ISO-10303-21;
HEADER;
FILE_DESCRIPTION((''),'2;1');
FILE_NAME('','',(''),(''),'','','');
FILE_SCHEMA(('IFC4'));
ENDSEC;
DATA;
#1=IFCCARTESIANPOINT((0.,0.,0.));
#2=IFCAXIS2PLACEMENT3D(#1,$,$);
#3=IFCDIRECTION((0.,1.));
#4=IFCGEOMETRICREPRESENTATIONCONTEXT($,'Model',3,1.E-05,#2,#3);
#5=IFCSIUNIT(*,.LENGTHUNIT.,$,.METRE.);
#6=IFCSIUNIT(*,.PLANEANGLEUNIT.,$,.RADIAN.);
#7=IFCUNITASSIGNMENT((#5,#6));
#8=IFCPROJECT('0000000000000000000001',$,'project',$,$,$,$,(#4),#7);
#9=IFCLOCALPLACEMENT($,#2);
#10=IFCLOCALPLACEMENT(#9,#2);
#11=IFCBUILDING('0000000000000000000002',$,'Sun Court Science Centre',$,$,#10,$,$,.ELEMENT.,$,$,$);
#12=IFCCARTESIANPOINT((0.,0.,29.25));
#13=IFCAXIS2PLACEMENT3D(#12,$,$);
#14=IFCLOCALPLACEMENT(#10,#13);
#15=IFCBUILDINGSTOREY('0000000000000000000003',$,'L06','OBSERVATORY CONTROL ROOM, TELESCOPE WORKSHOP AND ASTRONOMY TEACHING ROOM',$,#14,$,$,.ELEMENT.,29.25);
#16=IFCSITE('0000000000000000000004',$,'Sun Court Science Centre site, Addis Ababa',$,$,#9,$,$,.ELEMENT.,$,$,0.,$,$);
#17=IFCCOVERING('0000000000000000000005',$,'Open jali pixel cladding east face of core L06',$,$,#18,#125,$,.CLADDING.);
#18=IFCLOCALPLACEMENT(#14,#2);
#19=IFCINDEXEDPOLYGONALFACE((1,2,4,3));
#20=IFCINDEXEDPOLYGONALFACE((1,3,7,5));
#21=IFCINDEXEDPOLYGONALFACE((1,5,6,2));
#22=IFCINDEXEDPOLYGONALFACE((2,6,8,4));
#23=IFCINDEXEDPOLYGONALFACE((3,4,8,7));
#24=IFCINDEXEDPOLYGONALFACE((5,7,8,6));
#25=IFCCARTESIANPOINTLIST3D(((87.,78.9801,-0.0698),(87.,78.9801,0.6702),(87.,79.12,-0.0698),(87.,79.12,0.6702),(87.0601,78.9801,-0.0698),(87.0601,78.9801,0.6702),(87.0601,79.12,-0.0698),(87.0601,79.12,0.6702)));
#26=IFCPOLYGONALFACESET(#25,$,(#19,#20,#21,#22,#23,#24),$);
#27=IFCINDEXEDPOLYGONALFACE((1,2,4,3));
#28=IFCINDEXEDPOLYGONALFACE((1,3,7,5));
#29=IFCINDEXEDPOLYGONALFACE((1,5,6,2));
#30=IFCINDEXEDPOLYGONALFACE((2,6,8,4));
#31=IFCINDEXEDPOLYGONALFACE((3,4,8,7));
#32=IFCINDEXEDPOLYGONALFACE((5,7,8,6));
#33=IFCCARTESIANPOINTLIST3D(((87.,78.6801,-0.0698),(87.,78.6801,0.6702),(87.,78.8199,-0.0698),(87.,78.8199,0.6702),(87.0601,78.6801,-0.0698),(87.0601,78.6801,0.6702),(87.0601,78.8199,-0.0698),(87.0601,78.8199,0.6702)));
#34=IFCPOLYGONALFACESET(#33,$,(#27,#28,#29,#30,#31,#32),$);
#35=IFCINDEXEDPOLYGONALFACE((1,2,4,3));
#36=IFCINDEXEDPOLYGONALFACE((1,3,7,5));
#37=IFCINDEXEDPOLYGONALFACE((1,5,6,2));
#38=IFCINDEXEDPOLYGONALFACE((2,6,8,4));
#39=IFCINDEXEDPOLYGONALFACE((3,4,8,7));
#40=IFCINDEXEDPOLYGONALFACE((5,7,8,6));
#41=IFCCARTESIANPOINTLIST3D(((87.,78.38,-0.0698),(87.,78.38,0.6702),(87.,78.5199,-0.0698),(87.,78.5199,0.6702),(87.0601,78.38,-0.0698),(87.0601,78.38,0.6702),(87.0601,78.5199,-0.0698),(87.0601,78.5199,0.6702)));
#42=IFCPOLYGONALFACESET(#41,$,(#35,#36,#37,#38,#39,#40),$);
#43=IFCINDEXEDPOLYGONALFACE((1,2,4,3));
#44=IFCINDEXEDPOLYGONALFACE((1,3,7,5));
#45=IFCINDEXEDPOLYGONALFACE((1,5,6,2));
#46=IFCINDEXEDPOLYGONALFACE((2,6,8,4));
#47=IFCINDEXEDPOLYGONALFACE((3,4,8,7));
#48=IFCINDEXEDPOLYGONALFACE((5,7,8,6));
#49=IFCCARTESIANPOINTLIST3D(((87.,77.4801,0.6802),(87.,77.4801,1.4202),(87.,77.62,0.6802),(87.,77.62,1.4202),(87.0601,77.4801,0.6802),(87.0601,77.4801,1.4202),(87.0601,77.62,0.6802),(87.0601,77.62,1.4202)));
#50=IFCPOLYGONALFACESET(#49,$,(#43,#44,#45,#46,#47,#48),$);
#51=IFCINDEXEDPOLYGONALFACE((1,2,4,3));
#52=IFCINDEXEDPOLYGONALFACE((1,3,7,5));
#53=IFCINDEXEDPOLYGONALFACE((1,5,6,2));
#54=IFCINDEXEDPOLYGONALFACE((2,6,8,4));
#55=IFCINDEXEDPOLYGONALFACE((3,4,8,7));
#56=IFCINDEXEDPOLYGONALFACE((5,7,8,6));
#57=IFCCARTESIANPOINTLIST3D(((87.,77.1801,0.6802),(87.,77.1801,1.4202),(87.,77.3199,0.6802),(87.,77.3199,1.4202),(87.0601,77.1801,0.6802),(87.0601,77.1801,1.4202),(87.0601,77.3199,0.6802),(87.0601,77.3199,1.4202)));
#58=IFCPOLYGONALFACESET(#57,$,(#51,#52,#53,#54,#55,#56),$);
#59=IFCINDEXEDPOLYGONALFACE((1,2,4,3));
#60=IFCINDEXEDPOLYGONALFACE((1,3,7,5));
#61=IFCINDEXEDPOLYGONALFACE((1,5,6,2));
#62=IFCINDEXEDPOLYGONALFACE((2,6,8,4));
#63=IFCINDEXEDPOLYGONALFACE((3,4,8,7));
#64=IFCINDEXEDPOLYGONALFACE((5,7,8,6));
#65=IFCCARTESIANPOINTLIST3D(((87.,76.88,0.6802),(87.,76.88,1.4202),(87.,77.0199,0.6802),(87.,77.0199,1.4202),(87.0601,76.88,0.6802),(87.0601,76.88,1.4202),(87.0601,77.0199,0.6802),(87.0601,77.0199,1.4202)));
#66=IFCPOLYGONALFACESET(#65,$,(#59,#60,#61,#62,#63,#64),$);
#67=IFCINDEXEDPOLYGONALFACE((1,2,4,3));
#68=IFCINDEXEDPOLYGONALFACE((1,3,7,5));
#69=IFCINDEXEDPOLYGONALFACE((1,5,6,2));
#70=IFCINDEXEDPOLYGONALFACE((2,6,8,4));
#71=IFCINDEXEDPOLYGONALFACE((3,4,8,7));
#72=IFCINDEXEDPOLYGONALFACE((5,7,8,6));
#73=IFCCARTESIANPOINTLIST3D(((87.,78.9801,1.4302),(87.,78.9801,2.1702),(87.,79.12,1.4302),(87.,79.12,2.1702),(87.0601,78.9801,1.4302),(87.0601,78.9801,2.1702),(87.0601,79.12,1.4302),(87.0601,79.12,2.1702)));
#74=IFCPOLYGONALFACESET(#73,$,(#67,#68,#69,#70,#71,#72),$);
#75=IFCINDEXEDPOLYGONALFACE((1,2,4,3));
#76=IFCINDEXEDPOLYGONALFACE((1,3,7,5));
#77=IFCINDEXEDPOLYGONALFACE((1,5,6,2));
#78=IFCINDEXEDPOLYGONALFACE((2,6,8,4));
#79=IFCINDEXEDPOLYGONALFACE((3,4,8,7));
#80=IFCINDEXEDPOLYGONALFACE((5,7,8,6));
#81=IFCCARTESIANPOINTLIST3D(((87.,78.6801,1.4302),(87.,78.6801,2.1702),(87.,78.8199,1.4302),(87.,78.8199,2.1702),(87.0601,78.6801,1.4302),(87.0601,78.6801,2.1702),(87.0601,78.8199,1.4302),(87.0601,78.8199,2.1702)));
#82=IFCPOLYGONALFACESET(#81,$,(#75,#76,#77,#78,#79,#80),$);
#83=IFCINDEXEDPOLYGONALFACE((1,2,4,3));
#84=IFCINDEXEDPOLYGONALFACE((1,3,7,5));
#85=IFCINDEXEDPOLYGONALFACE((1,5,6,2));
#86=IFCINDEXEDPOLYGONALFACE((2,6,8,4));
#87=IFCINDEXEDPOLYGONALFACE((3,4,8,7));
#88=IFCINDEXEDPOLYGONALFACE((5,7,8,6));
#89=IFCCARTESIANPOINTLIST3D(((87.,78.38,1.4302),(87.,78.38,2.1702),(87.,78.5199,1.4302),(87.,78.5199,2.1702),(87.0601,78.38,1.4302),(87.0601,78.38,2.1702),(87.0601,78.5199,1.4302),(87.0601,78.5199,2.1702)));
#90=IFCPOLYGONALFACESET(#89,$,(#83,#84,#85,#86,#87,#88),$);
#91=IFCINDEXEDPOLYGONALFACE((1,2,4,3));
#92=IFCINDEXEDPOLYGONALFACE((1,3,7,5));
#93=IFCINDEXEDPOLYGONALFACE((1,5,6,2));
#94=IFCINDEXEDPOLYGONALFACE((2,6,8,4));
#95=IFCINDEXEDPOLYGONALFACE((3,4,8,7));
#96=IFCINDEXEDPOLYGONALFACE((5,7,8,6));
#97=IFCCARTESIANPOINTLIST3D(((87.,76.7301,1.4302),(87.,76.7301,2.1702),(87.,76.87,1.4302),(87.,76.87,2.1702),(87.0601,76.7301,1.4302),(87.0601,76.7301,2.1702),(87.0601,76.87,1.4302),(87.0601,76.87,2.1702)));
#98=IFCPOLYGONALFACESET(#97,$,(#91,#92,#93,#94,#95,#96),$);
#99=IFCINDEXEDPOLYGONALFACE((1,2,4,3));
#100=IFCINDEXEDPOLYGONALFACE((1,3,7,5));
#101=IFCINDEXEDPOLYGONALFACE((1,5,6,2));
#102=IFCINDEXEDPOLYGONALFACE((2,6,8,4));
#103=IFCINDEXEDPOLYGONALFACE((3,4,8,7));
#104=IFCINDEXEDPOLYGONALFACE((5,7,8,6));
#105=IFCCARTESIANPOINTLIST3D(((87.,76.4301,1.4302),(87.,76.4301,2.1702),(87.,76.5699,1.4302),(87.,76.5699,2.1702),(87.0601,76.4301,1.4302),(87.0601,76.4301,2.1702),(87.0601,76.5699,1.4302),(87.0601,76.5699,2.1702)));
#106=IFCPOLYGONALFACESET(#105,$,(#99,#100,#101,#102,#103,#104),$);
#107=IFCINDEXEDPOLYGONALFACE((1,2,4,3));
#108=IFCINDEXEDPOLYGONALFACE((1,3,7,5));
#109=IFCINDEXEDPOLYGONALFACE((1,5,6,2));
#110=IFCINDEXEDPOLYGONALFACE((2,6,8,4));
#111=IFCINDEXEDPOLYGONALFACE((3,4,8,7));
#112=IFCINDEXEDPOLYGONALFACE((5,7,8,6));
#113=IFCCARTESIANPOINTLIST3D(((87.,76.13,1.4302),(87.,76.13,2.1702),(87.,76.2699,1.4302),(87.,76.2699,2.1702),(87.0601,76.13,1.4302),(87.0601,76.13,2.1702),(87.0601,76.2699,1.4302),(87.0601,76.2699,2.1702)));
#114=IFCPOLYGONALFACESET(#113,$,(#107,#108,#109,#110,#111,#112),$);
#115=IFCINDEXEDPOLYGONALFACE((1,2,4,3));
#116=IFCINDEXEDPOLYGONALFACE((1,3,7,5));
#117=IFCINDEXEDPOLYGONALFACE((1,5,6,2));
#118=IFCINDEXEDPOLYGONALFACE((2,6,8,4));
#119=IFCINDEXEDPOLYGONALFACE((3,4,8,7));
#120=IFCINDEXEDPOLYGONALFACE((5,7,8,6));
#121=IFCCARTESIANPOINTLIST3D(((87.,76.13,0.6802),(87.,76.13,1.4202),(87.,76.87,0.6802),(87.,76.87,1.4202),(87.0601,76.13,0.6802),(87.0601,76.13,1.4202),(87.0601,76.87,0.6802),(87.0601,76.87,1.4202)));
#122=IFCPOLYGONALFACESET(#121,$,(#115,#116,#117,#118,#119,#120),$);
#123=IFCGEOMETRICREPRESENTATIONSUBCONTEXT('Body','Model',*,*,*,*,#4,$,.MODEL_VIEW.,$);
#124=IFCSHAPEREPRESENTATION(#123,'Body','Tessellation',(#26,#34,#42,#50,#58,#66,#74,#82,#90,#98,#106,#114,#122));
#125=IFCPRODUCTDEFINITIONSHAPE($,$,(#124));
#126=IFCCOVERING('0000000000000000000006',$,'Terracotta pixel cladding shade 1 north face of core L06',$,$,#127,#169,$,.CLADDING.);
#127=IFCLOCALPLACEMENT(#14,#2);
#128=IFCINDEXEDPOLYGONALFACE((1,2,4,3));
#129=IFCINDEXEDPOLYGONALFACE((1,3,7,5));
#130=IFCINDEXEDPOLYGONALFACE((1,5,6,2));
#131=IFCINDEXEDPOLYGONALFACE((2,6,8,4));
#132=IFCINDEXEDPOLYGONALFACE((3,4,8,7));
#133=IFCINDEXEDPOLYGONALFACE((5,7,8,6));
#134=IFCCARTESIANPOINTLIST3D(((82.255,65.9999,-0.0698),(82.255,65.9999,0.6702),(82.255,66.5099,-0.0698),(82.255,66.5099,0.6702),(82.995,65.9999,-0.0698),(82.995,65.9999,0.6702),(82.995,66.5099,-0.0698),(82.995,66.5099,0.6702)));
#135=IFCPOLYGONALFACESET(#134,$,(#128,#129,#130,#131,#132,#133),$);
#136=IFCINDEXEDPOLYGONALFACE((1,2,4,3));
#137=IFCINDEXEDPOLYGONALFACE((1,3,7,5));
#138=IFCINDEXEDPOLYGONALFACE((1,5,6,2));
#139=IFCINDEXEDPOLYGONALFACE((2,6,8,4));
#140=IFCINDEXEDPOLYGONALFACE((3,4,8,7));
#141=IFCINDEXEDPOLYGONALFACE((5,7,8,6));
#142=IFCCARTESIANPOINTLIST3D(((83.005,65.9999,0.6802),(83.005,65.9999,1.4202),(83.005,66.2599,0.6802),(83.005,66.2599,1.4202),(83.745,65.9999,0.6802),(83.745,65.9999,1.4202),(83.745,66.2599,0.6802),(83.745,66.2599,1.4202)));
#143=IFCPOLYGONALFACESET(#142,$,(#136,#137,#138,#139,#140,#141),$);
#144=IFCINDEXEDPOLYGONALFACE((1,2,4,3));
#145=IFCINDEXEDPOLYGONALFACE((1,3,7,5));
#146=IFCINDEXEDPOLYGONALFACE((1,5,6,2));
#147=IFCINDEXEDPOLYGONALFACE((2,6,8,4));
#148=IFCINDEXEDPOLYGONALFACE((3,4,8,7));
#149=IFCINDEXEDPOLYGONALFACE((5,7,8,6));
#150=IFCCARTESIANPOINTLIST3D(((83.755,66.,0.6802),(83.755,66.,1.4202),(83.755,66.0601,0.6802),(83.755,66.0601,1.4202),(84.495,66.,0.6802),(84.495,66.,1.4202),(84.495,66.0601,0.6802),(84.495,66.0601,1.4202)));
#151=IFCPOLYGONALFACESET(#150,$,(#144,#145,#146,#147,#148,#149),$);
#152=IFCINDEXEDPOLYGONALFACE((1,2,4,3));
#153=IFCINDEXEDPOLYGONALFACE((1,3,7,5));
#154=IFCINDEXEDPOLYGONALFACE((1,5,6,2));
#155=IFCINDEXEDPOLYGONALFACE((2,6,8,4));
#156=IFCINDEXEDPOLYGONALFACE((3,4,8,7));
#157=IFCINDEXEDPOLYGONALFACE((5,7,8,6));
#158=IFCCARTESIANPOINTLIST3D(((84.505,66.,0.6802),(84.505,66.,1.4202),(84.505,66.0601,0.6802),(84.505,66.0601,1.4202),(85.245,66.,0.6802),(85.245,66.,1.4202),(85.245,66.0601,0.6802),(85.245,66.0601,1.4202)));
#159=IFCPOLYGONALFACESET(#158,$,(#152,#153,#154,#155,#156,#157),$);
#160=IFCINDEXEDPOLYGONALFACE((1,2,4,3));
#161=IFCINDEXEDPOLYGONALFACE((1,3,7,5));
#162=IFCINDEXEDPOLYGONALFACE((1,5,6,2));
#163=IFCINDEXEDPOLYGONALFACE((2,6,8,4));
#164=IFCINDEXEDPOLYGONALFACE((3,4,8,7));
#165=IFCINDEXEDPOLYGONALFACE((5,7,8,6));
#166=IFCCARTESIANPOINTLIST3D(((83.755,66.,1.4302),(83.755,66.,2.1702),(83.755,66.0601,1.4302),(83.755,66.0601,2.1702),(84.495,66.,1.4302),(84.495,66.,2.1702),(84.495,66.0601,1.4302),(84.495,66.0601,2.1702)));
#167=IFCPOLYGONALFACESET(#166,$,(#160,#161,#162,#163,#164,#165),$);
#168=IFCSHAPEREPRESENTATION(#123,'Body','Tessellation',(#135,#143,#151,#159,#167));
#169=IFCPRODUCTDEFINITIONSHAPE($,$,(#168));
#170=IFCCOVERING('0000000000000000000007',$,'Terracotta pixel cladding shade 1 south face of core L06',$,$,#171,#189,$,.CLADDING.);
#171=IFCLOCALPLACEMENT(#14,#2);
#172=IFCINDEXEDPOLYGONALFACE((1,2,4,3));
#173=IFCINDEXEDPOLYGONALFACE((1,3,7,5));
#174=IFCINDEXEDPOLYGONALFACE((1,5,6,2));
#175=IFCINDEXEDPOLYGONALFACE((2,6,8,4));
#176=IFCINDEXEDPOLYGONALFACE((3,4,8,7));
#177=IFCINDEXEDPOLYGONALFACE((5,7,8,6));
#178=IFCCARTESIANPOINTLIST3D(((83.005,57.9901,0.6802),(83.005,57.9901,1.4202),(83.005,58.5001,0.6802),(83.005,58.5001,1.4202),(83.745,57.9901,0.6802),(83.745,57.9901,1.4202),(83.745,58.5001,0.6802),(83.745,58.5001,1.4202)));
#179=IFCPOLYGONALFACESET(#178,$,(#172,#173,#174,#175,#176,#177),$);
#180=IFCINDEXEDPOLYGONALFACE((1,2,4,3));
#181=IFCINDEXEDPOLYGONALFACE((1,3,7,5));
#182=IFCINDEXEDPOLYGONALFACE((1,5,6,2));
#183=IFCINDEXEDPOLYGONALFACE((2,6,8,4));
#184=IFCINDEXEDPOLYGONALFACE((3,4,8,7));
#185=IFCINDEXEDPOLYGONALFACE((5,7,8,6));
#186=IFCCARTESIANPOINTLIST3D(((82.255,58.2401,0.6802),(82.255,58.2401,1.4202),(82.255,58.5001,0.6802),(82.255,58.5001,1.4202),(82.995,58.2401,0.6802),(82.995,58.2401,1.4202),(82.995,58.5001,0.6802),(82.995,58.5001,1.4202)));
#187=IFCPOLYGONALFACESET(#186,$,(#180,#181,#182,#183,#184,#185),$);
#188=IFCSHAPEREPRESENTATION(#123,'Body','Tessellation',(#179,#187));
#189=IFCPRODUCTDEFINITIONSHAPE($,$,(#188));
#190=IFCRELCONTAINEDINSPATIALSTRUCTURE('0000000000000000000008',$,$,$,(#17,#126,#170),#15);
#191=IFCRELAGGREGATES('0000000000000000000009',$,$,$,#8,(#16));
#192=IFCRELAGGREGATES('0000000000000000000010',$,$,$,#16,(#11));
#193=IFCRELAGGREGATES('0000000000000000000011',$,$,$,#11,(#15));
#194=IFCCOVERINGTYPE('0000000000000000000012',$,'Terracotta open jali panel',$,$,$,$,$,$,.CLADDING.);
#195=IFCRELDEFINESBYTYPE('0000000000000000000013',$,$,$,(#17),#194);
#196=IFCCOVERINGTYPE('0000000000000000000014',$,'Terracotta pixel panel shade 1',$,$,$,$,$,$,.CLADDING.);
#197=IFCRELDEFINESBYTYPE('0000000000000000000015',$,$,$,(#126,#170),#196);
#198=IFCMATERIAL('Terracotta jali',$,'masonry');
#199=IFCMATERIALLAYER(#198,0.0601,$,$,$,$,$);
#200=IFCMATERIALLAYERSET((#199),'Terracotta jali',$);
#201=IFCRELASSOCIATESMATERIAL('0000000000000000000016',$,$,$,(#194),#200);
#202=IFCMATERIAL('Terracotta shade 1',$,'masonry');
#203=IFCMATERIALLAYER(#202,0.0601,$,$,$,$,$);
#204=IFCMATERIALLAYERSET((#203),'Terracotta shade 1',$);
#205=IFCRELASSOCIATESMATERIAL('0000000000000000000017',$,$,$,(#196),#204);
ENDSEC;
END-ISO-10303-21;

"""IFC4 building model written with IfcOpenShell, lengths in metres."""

from ifc_helpers import new_model, si_unit, direction, frame, origin, origin_2d, place, context, subcontext, project, spatial, rectangle, extrude, material, layer, layer_set, type_object, element, save


model = new_model("IFC4")

# Units and contexts
model_context = context("Model", 3, precision=1e-05, world=origin(), true_north=direction((0.0, 1.0)))
body_context = subcontext(model_context, "Body", "Model", "MODEL_VIEW")
ifc_project = project(units=[si_unit("LENGTHUNIT", "METRE"), si_unit("PLANEANGLEUNIT", "RADIAN")], contexts=[model_context])

# Site, building, storey
site_placement = place(None, origin())
site = spatial("IfcSite", under=ifc_project, at=site_placement, Name="Sun Court Science Centre site, Addis Ababa", CompositionType="ELEMENT", RefElevation=0.0)
building_placement = place(site_placement, origin())
building = spatial("IfcBuilding", under=site, at=building_placement, Name="Sun Court Science Centre", CompositionType="ELEMENT")
storey_placement = place(building_placement, frame((0.0, 0.0, 29.25)))
storey = spatial("IfcBuildingStorey", under=building, at=storey_placement, Name="L06", Description="OBSERVATORY CONTROL ROOM, TELESCOPE WORKSHOP AND ASTRONOMY TEACHING ROOM", CompositionType="ELEMENT", Elevation=29.25)

# Coverings
ifc_material_1 = material(Name="Terracotta jali", Category="masonry")
ifc_layer_1 = layer(ifc_material_1, 0.0601)
ifc_layer_set_1 = layer_set([ifc_layer_1], Name="Terracotta jali")
covering_type_1 = type_object("IfcCoveringType", Name="Terracotta open jali panel", PredefinedType="CLADDING", material=ifc_layer_set_1)
covering_1_placement = place(storey_placement, frame((0.0, 0.0, -29.25)))
element("IfcCovering", 1, at=covering_1_placement, inside=storey, type_object=covering_type_1, Name="Open jali pixel cladding east face of core L06", PredefinedType="CLADDING", context=body_context, shape_type="SweptSolid", body=[
    extrude(rectangle(XDim=0.1399, YDim=0.0601, at=origin_2d()), frame((87.03, 79.05, 29.1802), z_axis=(0.0, 0.0, 1.0), x_axis=(0.0, -1.0, 0.0)), (0.0, 0.0, 1.0), 0.74),
    extrude(rectangle(XDim=0.1399, YDim=0.0601, at=origin_2d()), frame((87.03, 78.75, 29.1802), z_axis=(0.0, 0.0, 1.0), x_axis=(0.0, -1.0, 0.0)), (0.0, 0.0, 1.0), 0.74),
    extrude(rectangle(XDim=0.1399, YDim=0.0601, at=origin_2d()), frame((87.03, 78.45, 29.1802), z_axis=(0.0, 0.0, 1.0), x_axis=(0.0, -1.0, 0.0)), (0.0, 0.0, 1.0), 0.74),
    extrude(rectangle(XDim=0.1399, YDim=0.0601, at=origin_2d()), frame((87.03, 77.55, 29.9302), z_axis=(0.0, 0.0, 1.0), x_axis=(0.0, -1.0, 0.0)), (0.0, 0.0, 1.0), 0.74),
    extrude(rectangle(XDim=0.1399, YDim=0.0601, at=origin_2d()), frame((87.03, 77.25, 29.9302), z_axis=(0.0, 0.0, 1.0), x_axis=(0.0, -1.0, 0.0)), (0.0, 0.0, 1.0), 0.74),
    extrude(rectangle(XDim=0.1399, YDim=0.0601, at=origin_2d()), frame((87.03, 76.95, 29.9302), z_axis=(0.0, 0.0, 1.0), x_axis=(0.0, -1.0, 0.0)), (0.0, 0.0, 1.0), 0.74),
    extrude(rectangle(XDim=0.1399, YDim=0.0601, at=origin_2d()), frame((87.03, 79.05, 30.6802), z_axis=(0.0, 0.0, 1.0), x_axis=(0.0, -1.0, 0.0)), (0.0, 0.0, 1.0), 0.74),
    extrude(rectangle(XDim=0.1399, YDim=0.0601, at=origin_2d()), frame((87.03, 78.75, 30.6802), z_axis=(0.0, 0.0, 1.0), x_axis=(0.0, -1.0, 0.0)), (0.0, 0.0, 1.0), 0.74),
    extrude(rectangle(XDim=0.1399, YDim=0.0601, at=origin_2d()), frame((87.03, 78.45, 30.6802), z_axis=(0.0, 0.0, 1.0), x_axis=(0.0, -1.0, 0.0)), (0.0, 0.0, 1.0), 0.74),
    extrude(rectangle(XDim=0.1399, YDim=0.0601, at=origin_2d()), frame((87.03, 76.8, 30.6802), z_axis=(0.0, 0.0, 1.0), x_axis=(0.0, -1.0, 0.0)), (0.0, 0.0, 1.0), 0.74),
    extrude(rectangle(XDim=0.1399, YDim=0.0601, at=origin_2d()), frame((87.03, 76.5, 30.6802), z_axis=(0.0, 0.0, 1.0), x_axis=(0.0, -1.0, 0.0)), (0.0, 0.0, 1.0), 0.74),
    extrude(rectangle(XDim=0.1399, YDim=0.0601, at=origin_2d()), frame((87.03, 76.2, 30.6802), z_axis=(0.0, 0.0, 1.0), x_axis=(0.0, -1.0, 0.0)), (0.0, 0.0, 1.0), 0.74),
    extrude(rectangle(XDim=0.74, YDim=0.0601, at=origin_2d()), frame((87.03, 76.5, 29.9302), z_axis=(0.0, 0.0, 1.0), x_axis=(0.0, -1.0, 0.0)), (0.0, 0.0, 1.0), 0.74),
])
ifc_material_2 = material(Name="Terracotta shade 1", Category="masonry")
ifc_layer_2 = layer(ifc_material_2, 0.0601)
ifc_layer_set_2 = layer_set([ifc_layer_2], Name="Terracotta shade 1")
covering_type_2 = type_object("IfcCoveringType", Name="Terracotta pixel panel shade 1", PredefinedType="CLADDING", material=ifc_layer_set_2)
covering_2_placement = place(storey_placement, frame((0.0, 0.0, -29.25)))
element("IfcCovering", 2, at=covering_2_placement, inside=storey, type_object=covering_type_2, Name="Terracotta pixel cladding shade 1 north face of core L06", PredefinedType="CLADDING", context=body_context, shape_type="SweptSolid", body=[
    extrude(rectangle(XDim=0.74, YDim=0.51, at=origin_2d()), frame((82.625, 66.2549, 29.1802), z_axis=(0.0, 0.0, 1.0), x_axis=(1.0, 0.0, 0.0)), (0.0, 0.0, 1.0), 0.74),
    extrude(rectangle(XDim=0.74, YDim=0.26, at=origin_2d()), frame((83.375, 66.1299, 29.9302), z_axis=(0.0, 0.0, 1.0), x_axis=(1.0, 0.0, 0.0)), (0.0, 0.0, 1.0), 0.74),
    extrude(rectangle(XDim=0.74, YDim=0.0601, at=origin_2d()), frame((84.125, 66.03, 29.9302), z_axis=(0.0, 0.0, 1.0), x_axis=(1.0, 0.0, 0.0)), (0.0, 0.0, 1.0), 0.74),
    extrude(rectangle(XDim=0.74, YDim=0.0601, at=origin_2d()), frame((84.875, 66.03, 29.9302), z_axis=(0.0, 0.0, 1.0), x_axis=(1.0, 0.0, 0.0)), (0.0, 0.0, 1.0), 0.74),
    extrude(rectangle(XDim=0.74, YDim=0.0601, at=origin_2d()), frame((84.125, 66.03, 30.6802), z_axis=(0.0, 0.0, 1.0), x_axis=(1.0, 0.0, 0.0)), (0.0, 0.0, 1.0), 0.74),
])
covering_3_placement = place(storey_placement, frame((0.0, 0.0, -29.25)))
element("IfcCovering", 3, at=covering_3_placement, inside=storey, type_object=covering_type_2, Name="Terracotta pixel cladding shade 1 south face of core L06", PredefinedType="CLADDING", context=body_context, shape_type="SweptSolid", body=[
    extrude(rectangle(XDim=0.74, YDim=0.51, at=origin_2d()), frame((83.375, 58.2451, 29.9302), z_axis=(0.0, 0.0, 1.0), x_axis=(-1.0, 0.0, 0.0)), (0.0, 0.0, 1.0), 0.74),
    extrude(rectangle(XDim=0.74, YDim=0.26, at=origin_2d()), frame((82.625, 58.3701, 29.9302), z_axis=(0.0, 0.0, 1.0), x_axis=(-1.0, 0.0, 0.0)), (0.0, 0.0, 1.0), 0.74),
])

save(model, "model.ifc")
